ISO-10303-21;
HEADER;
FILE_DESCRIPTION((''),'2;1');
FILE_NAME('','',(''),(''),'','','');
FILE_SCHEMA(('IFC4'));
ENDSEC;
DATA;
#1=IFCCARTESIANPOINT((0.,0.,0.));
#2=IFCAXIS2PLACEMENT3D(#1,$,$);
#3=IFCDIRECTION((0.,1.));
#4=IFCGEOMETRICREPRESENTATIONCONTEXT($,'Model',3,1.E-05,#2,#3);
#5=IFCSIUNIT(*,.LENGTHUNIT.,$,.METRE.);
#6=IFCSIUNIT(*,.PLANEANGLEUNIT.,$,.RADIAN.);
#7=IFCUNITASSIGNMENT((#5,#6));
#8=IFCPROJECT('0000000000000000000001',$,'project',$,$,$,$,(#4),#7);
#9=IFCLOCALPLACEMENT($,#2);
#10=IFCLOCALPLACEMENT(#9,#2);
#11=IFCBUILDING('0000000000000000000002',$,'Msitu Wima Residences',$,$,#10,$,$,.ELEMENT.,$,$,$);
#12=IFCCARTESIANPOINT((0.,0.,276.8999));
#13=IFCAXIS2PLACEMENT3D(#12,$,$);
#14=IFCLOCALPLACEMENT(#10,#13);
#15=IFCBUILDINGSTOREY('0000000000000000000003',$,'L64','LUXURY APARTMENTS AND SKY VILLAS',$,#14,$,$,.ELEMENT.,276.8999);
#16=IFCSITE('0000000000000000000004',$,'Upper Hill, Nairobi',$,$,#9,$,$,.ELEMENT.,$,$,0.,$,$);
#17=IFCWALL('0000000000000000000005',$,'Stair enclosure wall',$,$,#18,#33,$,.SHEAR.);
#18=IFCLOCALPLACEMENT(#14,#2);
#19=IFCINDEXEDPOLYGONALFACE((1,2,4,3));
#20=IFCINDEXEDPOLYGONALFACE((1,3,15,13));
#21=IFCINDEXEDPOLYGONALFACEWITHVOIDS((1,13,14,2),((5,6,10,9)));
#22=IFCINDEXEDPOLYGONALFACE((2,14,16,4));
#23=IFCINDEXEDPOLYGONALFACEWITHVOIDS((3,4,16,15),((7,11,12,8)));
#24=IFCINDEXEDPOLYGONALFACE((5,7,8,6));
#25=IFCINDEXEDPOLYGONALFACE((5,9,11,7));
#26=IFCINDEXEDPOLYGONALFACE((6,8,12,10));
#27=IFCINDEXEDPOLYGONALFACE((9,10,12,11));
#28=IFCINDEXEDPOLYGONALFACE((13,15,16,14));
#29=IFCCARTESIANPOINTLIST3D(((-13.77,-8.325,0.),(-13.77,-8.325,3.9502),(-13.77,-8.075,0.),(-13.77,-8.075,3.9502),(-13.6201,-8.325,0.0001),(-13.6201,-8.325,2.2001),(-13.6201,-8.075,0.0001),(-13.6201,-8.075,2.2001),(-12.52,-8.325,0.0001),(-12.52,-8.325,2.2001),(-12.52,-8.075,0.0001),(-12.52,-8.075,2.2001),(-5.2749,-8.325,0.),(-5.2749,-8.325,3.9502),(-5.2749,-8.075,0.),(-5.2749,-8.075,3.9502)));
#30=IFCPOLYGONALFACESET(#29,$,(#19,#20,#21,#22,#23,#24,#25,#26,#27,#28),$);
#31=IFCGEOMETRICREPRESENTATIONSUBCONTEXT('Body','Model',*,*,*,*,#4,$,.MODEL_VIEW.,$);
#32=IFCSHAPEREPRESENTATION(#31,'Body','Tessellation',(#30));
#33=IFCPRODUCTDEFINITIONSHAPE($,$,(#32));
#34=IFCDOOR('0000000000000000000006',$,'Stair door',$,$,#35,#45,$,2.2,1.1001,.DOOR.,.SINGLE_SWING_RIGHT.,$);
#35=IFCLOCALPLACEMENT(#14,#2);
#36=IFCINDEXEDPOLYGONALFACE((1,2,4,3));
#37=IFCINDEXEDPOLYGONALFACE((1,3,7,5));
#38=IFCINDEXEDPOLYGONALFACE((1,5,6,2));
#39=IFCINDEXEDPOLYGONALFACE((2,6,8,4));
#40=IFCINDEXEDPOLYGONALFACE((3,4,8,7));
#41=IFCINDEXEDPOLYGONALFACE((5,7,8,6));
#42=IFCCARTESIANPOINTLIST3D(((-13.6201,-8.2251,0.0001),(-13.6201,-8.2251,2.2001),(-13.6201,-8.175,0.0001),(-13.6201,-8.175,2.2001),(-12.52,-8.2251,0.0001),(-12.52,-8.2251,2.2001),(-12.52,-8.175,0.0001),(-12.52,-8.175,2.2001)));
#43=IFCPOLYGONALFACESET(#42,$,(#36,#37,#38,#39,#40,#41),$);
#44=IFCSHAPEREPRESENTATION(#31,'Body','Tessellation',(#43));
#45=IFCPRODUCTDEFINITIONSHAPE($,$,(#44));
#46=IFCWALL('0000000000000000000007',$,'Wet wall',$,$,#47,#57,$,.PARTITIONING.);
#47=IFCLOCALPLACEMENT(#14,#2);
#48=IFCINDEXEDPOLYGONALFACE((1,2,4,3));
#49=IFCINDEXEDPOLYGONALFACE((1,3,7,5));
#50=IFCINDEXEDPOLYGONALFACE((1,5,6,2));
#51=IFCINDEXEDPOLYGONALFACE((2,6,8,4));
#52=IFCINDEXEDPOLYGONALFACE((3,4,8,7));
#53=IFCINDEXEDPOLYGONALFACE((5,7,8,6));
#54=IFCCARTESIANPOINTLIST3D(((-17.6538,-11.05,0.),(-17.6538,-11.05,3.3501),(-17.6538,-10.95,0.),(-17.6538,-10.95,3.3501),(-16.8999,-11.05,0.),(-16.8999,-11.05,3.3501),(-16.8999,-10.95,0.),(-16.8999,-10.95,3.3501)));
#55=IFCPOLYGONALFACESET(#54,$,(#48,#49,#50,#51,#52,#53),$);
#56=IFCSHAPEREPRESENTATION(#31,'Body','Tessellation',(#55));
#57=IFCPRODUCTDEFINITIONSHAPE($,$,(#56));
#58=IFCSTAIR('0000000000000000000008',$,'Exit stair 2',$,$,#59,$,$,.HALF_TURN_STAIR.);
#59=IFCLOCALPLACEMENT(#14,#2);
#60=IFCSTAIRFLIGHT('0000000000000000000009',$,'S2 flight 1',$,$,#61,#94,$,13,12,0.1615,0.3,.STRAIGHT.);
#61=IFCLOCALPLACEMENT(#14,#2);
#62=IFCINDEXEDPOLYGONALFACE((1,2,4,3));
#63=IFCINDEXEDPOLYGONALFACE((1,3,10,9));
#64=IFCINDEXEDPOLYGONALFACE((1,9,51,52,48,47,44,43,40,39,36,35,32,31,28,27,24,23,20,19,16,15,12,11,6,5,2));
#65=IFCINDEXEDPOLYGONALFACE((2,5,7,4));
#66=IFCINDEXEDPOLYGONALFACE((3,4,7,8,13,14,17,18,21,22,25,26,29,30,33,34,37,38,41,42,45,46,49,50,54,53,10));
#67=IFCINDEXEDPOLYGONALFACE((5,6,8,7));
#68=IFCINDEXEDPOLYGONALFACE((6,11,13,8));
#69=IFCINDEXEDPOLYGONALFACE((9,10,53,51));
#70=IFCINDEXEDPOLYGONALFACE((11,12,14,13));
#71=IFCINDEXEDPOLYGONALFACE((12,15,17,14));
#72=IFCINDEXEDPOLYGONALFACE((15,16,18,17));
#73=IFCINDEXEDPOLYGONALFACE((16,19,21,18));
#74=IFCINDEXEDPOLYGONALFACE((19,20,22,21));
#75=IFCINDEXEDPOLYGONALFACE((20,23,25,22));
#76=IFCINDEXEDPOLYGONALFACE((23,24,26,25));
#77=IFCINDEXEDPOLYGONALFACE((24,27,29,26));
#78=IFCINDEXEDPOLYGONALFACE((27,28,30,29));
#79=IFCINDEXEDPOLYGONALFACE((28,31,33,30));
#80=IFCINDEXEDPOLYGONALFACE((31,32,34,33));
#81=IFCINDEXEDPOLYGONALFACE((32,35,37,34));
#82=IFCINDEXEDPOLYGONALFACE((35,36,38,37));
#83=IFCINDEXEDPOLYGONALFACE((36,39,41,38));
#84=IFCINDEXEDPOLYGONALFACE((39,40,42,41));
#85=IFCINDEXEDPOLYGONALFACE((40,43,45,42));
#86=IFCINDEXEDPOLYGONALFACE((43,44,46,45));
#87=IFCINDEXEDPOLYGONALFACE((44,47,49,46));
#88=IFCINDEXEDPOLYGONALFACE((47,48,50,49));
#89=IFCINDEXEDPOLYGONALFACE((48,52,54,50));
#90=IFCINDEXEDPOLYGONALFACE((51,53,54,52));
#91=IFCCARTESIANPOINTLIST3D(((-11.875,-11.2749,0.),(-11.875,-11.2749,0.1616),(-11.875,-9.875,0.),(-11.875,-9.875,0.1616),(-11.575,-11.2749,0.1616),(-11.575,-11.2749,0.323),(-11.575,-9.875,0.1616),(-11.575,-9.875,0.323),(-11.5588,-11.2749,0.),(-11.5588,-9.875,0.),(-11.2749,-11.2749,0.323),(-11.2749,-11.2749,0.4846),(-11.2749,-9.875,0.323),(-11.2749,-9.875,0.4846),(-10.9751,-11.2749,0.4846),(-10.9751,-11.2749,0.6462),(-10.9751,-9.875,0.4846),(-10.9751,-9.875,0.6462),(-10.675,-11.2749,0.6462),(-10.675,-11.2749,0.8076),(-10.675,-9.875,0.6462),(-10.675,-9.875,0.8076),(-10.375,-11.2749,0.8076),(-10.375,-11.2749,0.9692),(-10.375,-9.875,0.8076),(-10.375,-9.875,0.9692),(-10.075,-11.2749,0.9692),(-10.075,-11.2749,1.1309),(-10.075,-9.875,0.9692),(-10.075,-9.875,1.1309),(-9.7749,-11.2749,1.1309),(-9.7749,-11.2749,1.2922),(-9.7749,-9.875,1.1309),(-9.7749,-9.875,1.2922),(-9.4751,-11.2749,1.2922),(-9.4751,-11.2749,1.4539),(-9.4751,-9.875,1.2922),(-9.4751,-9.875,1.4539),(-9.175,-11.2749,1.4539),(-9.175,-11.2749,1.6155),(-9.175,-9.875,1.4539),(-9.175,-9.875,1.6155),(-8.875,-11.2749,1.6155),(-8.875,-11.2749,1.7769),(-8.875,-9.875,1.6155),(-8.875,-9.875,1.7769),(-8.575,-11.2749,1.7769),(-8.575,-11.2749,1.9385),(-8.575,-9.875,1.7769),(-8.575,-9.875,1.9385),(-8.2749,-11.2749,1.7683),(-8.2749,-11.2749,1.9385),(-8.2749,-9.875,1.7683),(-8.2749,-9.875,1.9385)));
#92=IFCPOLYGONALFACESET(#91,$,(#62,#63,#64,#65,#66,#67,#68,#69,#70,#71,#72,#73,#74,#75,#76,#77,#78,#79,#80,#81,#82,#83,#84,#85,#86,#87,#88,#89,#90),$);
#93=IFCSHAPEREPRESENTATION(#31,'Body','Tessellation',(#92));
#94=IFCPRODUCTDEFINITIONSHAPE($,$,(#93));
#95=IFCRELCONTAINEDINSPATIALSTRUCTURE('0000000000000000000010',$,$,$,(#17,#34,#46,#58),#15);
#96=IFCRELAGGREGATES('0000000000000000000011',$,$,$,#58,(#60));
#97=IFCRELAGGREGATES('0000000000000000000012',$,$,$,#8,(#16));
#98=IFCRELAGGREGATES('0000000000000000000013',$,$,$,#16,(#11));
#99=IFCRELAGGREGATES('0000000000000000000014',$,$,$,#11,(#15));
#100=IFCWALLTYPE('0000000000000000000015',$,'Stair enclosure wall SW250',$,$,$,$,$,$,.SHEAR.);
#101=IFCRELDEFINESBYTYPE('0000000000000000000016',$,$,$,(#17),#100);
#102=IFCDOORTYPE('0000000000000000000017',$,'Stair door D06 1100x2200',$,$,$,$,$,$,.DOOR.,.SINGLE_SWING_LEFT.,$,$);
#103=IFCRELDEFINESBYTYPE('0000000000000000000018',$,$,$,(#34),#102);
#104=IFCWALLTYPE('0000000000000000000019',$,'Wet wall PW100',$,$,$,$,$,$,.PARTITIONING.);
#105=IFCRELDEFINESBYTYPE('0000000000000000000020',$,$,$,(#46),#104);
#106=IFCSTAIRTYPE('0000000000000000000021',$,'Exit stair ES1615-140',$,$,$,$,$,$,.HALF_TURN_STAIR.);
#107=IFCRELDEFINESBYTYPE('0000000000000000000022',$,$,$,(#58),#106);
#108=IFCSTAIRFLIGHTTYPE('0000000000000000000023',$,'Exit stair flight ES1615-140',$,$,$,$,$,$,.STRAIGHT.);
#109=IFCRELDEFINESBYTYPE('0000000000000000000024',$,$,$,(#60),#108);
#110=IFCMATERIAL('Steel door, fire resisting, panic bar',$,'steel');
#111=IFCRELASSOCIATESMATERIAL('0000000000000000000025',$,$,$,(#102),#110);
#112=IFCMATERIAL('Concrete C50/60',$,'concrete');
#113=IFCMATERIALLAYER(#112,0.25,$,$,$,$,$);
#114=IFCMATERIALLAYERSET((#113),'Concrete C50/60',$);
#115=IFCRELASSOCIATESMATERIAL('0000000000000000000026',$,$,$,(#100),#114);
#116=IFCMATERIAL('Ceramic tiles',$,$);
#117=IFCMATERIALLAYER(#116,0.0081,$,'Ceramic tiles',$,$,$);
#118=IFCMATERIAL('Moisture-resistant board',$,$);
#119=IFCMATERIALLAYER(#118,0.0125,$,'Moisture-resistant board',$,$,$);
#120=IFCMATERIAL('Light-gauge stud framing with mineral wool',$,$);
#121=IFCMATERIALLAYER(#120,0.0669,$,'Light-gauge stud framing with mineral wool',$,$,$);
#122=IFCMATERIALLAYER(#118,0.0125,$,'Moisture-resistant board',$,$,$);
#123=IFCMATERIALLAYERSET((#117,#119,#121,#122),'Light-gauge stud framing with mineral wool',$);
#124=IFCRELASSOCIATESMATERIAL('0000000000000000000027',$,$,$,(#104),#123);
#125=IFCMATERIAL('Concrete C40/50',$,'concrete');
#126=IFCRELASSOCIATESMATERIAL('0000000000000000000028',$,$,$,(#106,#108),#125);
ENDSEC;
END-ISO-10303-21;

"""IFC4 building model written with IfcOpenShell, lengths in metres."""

from ifc_helpers import new_model, si_unit, direction, frame, frame_2d, origin, place, context, subcontext, project, spatial, polyline, rectangle, outline, extrude, material, layer, layer_set, type_object, element, fill, aggregate, save


model = new_model("IFC4")

# Units and contexts
model_context = context("Model", 3, precision=1e-05, world=origin(), true_north=direction((0.0, 1.0)))
body_context = subcontext(model_context, "Body", "Model", "MODEL_VIEW")
ifc_project = project(units=[si_unit("LENGTHUNIT", "METRE"), si_unit("PLANEANGLEUNIT", "RADIAN")], contexts=[model_context])

# Site, building, storey
site_placement = place(None, origin())
site = spatial("IfcSite", under=ifc_project, at=site_placement, Name="Upper Hill, Nairobi", CompositionType="ELEMENT", RefElevation=0.0)
building_placement = place(site_placement, origin())
building = spatial("IfcBuilding", under=site, at=building_placement, Name="Msitu Wima Residences", CompositionType="ELEMENT")
storey_placement = place(building_placement, frame((0.0, 0.0, 276.8999)))
storey = spatial("IfcBuildingStorey", under=building, at=storey_placement, Name="L64", Description="LUXURY APARTMENTS AND SKY VILLAS", CompositionType="ELEMENT", Elevation=276.8999)

# Shared definitions
ifc_material_1 = material(Name="Concrete C50/60", Category="concrete")

# Shared definitions
ifc_material_2 = material(Name="Steel door, fire resisting, panic bar", Category="steel")
door_type_1 = type_object("IfcDoorType", Name="Stair door D06 1100x2200", OperationType="SINGLE_SWING_LEFT", PredefinedType="DOOR", material=ifc_material_2)

# Shared definitions
ifc_material_3 = material(Name="Light-gauge stud framing with mineral wool")

# Wall, opening, door
ifc_layer_1 = layer(ifc_material_1, 0.25)
ifc_layer_set_1 = layer_set([ifc_layer_1], Name="Concrete C50/60")
wall_type_1 = type_object("IfcWallType", Name="Stair enclosure wall SW250", PredefinedType="SHEAR", material=ifc_layer_set_1)
wall_1_placement = place(storey_placement, frame((-13.77, -8.2, 0.0), z_axis=(0.0, 0.0, 1.0), x_axis=(1.0, 0.0, 0.0)))
wall_1 = element("IfcWall", 1, at=wall_1_placement, inside=storey, type_object=wall_type_1, Name="Stair enclosure wall", PredefinedType="SHEAR", context=body_context, shape_type="SweptSolid", body=[
    extrude(rectangle(XDim=8.4951, YDim=0.25, at=frame_2d((4.2476, 0.0))), origin(), (0.0, 0.0, 1.0), 3.9502),
])
opening_1_placement = place(wall_1_placement, frame((0.1499, 0.0, 0.0)))
opening_1 = element("IfcOpeningElement", 2, at=opening_1_placement, cuts=wall_1, PredefinedType="OPENING", context=body_context, shape_type="SweptSolid", body=[
    extrude(rectangle(XDim=1.1001, YDim=2.2, at=frame_2d((0.55, 1.1001))), frame((0.0, 0.135, 0.0), z_axis=(0.0, -1.0, 0.0), x_axis=(1.0, 0.0, 0.0)), (0.0, 0.0, 1.0), 0.27),
])
door_1_placement = place(opening_1_placement, origin())
door_1 = element("IfcDoor", 3, at=door_1_placement, inside=storey, type_object=door_type_1, Name="Stair door", OperationType="SINGLE_SWING_RIGHT", OverallHeight=2.2, OverallWidth=1.1001, PredefinedType="DOOR", context=body_context, shape_type="SweptSolid", body=[
    extrude(rectangle(XDim=1.1001, YDim=2.2, at=frame_2d((0.55, 1.1001))), frame((0.0, 0.0249, 0.0), z_axis=(0.0, -1.0, 0.0), x_axis=(1.0, 0.0, 0.0)), (0.0, 0.0, 1.0), 0.05),
])
fill(opening_1, door_1)

# Wall
ifc_material_4 = material(Name="Ceramic tiles")
ifc_layer_2 = layer(ifc_material_4, 0.0081, Name="Ceramic tiles")
ifc_material_5 = material(Name="Moisture-resistant board")
ifc_layer_3 = layer(ifc_material_5, 0.0125, Name="Moisture-resistant board")
ifc_layer_4 = layer(ifc_material_3, 0.0669, Name="Light-gauge stud framing with mineral wool")
ifc_layer_5 = layer(ifc_material_5, 0.0125, Name="Moisture-resistant board")
ifc_layer_set_2 = layer_set([ifc_layer_2, ifc_layer_3, ifc_layer_4, ifc_layer_5], Name="Light-gauge stud framing with mineral wool")
wall_type_2 = type_object("IfcWallType", Name="Wet wall PW100", PredefinedType="PARTITIONING", material=ifc_layer_set_2)
wall_2_placement = place(storey_placement, frame((-17.6538, -11.0, 0.0), z_axis=(0.0, 0.0, 1.0), x_axis=(1.0, 0.0, 0.0)))
element("IfcWall", 4, at=wall_2_placement, inside=storey, type_object=wall_type_2, Name="Wet wall", PredefinedType="PARTITIONING", context=body_context, shape_type="SweptSolid", body=[
    extrude(rectangle(XDim=0.7539, YDim=0.1001, at=frame_2d((0.377, 0.0))), origin(), (0.0, 0.0, 1.0), 3.3501),
])

# Stair, stair flight
ifc_material_6 = material(Name="Concrete C40/50", Category="concrete")
stair_type = type_object("IfcStairType", Name="Exit stair ES1615-140", PredefinedType="HALF_TURN_STAIR", material=ifc_material_6)
stair_placement = place(storey_placement, origin())
stair = element("IfcStair", 5, at=stair_placement, inside=storey, type_object=stair_type, Name="Exit stair 2", PredefinedType="HALF_TURN_STAIR")
stair_flight_type = type_object("IfcStairFlightType", Name="Exit stair flight ES1615-140", PredefinedType="STRAIGHT", material=ifc_material_6)
stair_flight_placement = place(storey_placement, frame((-11.875, -10.575, 0.0), z_axis=(0.0, 0.0, 1.0), x_axis=(1.0, 0.0, 0.0)))
stair_flight = element("IfcStairFlight", 6, at=stair_flight_placement, type_object=stair_flight_type, Name="S2 flight 1", NumberOfRisers=13, NumberOfTreads=12, PredefinedType="STRAIGHT", RiserHeight=0.1615, TreadLength=0.3, context=body_context, shape_type="SweptSolid", body=[
    extrude(outline(polyline([(0.0, 0.0), (0.0, 0.1616), (0.3, 0.1616), (0.3, 0.323), (0.6001, 0.323), (0.6001, 0.4846), (0.8999, 0.4846), (0.8999, 0.6462), (1.2, 0.6462), (1.2, 0.8076), (1.5, 0.8076), (1.5, 0.9692), (1.8, 0.9692), (1.8, 1.1309), (2.1001, 1.1309), (2.1001, 1.2922), (2.3999, 1.2922), (2.3999, 1.4539), (2.7, 1.4539), (2.7, 1.6155), (3.0, 1.6155), (3.0, 1.7769), (3.3, 1.7769), (3.3, 1.9385), (3.6001, 1.9385), (3.6001, 2.1001), (3.6001, 1.7683), (0.3162, 0.0), (0.0, 0.0)])), frame((0.0, 0.7, 0.0), z_axis=(0.0, -1.0, 0.0), x_axis=(1.0, 0.0, 0.0)), (0.0, 0.0, 1.0), 1.3999),
])
aggregate(stair, [stair_flight])

save(model, "model.ifc")
